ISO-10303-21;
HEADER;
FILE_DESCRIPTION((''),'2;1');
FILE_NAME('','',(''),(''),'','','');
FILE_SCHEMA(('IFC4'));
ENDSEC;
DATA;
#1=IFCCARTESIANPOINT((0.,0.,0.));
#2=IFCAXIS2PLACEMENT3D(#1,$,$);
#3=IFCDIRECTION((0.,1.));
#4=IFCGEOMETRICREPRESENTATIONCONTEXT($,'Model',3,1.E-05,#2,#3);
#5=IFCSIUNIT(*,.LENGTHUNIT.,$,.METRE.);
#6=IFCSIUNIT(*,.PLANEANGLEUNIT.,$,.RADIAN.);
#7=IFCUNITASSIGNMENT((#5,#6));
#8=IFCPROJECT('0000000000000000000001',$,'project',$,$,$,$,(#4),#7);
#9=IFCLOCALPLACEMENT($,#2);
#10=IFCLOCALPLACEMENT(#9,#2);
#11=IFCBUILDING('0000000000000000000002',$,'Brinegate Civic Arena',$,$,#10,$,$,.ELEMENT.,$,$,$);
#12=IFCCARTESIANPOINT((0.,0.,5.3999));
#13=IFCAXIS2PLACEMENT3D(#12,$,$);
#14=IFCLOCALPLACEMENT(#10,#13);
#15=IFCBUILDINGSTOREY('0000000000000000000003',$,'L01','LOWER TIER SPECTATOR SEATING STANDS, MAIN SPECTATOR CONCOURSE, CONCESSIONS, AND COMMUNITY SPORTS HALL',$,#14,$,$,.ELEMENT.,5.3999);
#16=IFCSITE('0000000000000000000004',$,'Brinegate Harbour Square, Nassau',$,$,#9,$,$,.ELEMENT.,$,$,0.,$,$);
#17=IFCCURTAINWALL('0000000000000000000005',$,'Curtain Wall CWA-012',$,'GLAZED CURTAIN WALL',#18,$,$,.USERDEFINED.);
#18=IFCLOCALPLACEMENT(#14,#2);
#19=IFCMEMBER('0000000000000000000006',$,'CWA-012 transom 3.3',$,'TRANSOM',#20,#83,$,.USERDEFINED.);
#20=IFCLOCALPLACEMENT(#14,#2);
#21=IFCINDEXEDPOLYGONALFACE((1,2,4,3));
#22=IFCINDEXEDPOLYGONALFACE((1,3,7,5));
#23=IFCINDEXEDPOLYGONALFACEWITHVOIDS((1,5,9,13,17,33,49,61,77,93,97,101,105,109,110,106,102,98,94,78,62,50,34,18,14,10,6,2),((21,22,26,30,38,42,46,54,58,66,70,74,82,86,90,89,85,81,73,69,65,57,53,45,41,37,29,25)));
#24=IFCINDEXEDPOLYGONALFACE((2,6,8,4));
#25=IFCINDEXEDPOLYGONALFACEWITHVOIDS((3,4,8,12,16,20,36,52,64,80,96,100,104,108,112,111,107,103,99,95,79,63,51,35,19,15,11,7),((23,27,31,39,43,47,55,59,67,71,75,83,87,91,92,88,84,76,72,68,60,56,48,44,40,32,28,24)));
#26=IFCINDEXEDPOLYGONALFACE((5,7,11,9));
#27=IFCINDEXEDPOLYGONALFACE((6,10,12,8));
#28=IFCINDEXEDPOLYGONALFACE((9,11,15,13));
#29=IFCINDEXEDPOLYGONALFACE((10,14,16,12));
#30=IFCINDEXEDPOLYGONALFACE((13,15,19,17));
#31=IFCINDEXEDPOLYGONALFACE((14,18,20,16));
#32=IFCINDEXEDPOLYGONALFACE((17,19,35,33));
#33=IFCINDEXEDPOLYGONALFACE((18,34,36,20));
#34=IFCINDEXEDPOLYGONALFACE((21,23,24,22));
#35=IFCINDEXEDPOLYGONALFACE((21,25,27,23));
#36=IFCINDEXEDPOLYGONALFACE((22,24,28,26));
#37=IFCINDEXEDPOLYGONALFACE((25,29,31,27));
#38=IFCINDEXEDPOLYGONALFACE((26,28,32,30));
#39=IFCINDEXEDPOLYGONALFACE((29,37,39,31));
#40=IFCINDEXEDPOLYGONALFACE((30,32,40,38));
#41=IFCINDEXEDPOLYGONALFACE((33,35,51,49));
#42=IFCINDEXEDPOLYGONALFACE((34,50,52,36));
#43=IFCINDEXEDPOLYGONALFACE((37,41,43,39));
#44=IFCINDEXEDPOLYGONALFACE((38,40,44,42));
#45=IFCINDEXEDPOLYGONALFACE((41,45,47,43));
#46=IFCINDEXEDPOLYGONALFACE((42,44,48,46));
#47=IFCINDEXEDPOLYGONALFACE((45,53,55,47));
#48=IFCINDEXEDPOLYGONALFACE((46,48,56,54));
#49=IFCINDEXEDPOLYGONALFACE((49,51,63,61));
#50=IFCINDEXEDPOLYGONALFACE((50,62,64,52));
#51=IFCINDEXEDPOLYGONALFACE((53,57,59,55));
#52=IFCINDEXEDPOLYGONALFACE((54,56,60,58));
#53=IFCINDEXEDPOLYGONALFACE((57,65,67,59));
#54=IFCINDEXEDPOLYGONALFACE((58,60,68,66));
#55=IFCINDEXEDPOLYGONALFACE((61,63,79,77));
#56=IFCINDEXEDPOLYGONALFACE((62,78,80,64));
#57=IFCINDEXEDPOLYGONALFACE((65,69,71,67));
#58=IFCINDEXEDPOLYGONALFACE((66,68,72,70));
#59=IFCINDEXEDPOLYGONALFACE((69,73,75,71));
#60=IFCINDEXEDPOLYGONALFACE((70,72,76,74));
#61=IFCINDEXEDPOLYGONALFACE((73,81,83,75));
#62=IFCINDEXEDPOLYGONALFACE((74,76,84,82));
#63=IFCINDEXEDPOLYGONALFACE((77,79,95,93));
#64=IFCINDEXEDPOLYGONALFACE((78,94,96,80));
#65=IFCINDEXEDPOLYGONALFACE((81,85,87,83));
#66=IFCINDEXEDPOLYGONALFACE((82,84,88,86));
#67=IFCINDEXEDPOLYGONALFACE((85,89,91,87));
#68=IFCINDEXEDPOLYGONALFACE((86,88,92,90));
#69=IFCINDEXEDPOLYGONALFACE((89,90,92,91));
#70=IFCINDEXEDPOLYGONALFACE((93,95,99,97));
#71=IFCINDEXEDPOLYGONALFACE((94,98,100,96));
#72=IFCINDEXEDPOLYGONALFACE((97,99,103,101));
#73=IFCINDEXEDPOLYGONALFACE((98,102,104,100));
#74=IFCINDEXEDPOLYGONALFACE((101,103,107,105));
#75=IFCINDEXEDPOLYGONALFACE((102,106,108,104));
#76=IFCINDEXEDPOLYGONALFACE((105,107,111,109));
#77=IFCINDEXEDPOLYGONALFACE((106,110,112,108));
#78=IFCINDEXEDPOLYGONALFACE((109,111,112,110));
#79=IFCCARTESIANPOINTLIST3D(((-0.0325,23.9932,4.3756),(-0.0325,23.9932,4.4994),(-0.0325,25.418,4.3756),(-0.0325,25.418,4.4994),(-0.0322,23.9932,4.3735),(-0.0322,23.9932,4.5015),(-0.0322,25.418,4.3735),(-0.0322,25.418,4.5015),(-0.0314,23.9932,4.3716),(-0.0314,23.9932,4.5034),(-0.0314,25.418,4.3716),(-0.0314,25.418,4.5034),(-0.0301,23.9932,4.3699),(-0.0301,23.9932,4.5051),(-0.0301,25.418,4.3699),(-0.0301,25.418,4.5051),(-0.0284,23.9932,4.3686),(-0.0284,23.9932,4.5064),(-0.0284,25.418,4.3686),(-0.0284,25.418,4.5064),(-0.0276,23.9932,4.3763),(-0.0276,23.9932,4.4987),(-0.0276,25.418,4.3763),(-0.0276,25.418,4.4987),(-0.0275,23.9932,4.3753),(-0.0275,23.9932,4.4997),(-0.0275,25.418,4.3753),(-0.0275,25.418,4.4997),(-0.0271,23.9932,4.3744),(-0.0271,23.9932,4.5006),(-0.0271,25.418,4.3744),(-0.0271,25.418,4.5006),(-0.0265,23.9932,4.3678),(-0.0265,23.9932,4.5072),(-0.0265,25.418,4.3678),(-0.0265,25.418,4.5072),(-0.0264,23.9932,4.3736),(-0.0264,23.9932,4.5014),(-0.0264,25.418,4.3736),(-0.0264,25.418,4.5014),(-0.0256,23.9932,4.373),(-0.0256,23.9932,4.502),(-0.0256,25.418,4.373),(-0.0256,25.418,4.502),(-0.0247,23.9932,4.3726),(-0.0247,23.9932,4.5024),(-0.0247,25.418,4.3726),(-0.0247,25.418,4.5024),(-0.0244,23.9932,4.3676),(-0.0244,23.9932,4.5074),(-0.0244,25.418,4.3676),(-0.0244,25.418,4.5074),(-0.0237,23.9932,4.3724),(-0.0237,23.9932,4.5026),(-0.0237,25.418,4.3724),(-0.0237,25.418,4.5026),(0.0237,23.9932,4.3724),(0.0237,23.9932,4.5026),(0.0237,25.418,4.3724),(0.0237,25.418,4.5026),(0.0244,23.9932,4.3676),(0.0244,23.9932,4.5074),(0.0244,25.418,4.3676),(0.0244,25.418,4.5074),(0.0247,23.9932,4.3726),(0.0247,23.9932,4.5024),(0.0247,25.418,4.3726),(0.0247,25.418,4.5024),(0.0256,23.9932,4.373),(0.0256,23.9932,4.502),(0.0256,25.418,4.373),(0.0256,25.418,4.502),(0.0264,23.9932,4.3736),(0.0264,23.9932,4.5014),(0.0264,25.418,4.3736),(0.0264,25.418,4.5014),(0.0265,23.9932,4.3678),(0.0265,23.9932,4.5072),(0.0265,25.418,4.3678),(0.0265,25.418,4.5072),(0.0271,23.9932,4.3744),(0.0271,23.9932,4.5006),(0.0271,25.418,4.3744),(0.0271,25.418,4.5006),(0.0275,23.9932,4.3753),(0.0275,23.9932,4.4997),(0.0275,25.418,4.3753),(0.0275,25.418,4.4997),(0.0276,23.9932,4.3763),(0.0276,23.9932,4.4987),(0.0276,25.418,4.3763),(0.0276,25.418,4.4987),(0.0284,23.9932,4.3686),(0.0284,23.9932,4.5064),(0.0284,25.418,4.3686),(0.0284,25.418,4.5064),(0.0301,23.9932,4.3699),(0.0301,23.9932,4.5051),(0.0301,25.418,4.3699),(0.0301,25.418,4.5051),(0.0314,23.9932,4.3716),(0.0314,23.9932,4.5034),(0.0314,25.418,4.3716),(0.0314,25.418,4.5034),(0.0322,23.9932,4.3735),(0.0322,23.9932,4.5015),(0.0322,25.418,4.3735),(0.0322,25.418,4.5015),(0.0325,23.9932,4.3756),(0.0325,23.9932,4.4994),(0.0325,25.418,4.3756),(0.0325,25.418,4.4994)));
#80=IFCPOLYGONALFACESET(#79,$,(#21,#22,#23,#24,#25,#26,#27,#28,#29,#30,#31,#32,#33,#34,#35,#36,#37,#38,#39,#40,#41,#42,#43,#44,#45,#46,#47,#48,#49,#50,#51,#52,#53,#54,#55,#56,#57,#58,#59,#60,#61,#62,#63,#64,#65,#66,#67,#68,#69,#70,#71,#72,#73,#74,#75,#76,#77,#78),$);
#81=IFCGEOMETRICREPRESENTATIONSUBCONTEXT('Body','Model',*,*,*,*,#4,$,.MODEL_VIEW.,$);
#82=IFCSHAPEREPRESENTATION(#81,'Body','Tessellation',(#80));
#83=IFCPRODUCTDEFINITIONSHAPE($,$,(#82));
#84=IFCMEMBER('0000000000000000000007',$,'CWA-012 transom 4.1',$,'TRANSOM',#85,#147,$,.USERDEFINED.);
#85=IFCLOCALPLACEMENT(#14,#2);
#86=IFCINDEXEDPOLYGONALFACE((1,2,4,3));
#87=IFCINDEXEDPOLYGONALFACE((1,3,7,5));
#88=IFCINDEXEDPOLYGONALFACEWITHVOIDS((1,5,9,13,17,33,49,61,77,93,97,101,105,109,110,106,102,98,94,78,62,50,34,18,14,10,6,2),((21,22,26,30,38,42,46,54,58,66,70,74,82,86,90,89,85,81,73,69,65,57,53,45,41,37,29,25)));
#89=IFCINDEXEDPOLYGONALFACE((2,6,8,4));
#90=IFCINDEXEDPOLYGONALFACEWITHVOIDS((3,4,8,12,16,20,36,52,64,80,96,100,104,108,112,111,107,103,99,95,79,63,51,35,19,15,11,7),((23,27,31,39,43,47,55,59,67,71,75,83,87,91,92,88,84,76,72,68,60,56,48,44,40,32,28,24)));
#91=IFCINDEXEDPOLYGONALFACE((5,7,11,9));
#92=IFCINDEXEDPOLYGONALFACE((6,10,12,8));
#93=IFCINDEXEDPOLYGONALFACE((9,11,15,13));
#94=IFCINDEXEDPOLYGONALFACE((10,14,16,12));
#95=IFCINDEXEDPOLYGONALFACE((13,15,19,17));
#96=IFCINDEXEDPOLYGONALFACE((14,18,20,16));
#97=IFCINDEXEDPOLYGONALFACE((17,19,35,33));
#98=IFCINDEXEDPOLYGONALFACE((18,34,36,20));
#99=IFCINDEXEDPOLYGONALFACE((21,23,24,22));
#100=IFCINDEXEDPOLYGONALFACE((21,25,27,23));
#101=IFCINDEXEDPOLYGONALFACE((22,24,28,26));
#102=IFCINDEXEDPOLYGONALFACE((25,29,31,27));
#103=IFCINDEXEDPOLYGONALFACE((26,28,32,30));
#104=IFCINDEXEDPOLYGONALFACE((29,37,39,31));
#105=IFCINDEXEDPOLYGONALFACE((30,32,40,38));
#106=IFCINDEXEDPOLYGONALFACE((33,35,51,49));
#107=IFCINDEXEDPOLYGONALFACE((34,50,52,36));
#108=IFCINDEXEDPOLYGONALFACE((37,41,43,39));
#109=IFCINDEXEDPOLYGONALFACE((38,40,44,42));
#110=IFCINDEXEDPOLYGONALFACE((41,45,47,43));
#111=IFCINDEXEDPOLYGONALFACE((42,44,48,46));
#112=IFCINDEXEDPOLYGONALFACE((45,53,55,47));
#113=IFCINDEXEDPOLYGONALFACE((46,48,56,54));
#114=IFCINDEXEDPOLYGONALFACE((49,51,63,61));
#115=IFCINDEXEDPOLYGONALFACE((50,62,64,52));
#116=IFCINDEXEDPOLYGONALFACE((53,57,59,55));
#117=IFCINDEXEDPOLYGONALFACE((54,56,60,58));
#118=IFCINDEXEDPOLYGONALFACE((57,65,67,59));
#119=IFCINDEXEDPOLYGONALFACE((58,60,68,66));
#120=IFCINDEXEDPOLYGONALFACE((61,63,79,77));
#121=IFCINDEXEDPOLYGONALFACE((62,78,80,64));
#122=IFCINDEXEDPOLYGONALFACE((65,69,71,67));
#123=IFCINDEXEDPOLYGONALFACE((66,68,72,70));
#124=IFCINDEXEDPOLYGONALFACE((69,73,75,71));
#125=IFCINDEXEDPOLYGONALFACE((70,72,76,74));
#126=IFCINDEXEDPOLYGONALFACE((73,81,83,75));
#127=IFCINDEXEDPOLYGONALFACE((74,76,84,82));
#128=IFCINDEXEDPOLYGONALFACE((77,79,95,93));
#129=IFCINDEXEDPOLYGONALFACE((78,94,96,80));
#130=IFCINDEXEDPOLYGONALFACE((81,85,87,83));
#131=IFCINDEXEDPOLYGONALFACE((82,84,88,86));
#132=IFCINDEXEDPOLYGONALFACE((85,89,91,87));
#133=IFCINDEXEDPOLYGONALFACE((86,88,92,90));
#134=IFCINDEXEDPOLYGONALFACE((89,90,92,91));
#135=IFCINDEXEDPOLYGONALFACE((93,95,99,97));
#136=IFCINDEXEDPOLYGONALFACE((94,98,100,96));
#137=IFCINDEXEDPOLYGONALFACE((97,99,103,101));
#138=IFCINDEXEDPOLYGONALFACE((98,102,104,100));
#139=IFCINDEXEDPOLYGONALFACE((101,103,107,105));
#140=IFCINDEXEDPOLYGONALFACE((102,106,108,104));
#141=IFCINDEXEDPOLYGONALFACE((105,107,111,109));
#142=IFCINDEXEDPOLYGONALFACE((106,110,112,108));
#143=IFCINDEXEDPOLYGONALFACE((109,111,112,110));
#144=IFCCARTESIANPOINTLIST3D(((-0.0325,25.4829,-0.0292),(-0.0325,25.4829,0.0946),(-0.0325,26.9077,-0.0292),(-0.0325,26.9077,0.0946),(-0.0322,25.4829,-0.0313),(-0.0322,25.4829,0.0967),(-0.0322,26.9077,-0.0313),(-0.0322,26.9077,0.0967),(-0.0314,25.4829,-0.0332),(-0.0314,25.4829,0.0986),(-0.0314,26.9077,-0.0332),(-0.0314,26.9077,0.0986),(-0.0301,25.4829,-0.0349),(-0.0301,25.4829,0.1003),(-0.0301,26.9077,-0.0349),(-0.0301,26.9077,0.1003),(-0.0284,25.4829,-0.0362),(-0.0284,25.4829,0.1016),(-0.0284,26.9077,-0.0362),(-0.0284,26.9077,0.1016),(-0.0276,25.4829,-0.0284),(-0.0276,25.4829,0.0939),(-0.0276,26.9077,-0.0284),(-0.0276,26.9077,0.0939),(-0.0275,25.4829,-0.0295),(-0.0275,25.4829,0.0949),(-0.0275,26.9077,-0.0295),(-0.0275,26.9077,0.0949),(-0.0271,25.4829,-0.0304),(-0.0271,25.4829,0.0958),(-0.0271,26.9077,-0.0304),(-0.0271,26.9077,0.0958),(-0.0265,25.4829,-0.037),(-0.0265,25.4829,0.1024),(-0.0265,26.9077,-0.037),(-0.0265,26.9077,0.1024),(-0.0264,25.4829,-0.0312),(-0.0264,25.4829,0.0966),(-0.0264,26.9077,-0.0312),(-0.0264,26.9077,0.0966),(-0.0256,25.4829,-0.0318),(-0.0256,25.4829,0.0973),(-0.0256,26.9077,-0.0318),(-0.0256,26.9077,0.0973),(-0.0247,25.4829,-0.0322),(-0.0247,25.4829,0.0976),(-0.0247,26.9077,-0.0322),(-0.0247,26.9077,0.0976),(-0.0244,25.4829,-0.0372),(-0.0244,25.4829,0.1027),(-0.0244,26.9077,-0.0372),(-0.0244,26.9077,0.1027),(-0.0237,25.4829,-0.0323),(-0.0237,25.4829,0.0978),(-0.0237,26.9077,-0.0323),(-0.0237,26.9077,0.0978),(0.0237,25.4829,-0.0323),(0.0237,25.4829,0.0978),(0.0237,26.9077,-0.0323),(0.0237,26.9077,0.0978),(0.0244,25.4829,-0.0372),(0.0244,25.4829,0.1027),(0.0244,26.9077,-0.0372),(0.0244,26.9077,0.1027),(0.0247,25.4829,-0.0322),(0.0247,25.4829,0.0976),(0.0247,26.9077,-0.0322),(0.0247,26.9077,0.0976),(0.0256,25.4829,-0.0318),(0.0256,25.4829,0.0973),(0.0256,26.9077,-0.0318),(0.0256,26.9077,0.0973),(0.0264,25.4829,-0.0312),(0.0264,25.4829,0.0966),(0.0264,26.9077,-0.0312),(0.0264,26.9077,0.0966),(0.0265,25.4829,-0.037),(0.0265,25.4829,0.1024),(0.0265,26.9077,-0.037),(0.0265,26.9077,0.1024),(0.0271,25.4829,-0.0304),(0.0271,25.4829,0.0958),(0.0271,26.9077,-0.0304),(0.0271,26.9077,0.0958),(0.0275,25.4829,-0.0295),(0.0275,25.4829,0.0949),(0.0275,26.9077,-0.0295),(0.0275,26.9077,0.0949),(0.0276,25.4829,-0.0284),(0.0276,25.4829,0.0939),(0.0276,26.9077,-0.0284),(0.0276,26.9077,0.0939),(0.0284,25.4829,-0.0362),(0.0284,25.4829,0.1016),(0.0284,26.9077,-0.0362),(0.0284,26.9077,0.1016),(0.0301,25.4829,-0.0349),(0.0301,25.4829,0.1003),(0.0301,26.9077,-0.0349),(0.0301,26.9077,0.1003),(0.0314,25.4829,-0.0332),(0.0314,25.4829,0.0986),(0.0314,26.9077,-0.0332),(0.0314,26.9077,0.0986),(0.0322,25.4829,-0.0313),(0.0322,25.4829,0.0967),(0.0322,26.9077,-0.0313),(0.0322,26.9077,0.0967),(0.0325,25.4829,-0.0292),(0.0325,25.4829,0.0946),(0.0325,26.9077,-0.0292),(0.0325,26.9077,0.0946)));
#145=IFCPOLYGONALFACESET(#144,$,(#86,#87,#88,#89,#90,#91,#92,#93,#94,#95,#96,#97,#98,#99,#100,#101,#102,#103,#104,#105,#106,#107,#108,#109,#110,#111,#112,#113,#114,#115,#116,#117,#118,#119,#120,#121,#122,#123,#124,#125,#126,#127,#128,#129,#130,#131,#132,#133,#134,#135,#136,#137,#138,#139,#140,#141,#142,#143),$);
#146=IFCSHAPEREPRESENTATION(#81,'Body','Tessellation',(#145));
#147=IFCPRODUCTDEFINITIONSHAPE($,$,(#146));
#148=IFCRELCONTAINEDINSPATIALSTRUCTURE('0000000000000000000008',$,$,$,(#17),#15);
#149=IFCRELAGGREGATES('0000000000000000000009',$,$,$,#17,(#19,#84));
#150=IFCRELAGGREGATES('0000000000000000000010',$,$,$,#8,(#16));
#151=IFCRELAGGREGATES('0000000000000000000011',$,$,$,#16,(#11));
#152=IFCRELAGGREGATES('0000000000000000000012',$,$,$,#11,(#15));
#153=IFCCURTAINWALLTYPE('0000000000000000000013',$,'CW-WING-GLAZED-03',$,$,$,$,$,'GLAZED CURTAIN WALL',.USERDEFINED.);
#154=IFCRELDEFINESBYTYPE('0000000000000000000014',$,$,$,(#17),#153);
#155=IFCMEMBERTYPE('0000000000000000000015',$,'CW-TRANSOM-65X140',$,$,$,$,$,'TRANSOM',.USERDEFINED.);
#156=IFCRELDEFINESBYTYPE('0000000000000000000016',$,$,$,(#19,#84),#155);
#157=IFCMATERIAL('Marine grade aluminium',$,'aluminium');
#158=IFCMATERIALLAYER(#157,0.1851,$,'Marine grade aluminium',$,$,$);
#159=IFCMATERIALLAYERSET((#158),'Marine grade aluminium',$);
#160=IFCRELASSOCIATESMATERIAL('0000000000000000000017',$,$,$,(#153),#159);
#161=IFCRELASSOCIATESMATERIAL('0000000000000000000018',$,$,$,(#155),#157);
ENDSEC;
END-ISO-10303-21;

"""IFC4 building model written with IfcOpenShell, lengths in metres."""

from ifc_helpers import new_model, si_unit, direction, frame, origin, origin_2d, place, context, subcontext, project, spatial, hollow_rectangle, extrude, material, layer, layer_set, material_profile, profile_set, type_object, element, aggregate, save


model = new_model("IFC4")

# Units and contexts
model_context = context("Model", 3, precision=1e-05, world=origin(), true_north=direction((0.0, 1.0)))
body_context = subcontext(model_context, "Body", "Model", "MODEL_VIEW")
ifc_project = project(units=[si_unit("LENGTHUNIT", "METRE"), si_unit("PLANEANGLEUNIT", "RADIAN")], contexts=[model_context])

# Site, building, storey
site_placement = place(None, origin())
site = spatial("IfcSite", under=ifc_project, at=site_placement, Name="Brinegate Harbour Square, Nassau", CompositionType="ELEMENT", RefElevation=0.0)
building_placement = place(site_placement, origin())
building = spatial("IfcBuilding", under=site, at=building_placement, Name="Brinegate Civic Arena", CompositionType="ELEMENT")
storey_placement = place(building_placement, frame((0.0, 0.0, 5.3999)))
storey = spatial("IfcBuildingStorey", under=building, at=storey_placement, Name="L01", Description="LOWER TIER SPECTATOR SEATING STANDS, MAIN SPECTATOR CONCOURSE, CONCESSIONS, AND COMMUNITY SPORTS HALL", CompositionType="ELEMENT", Elevation=5.3999)

# Curtain wall, members
ifc_material_1 = material(Name="Marine grade aluminium", Category="aluminium")
ifc_layer_1 = layer(ifc_material_1, 0.1851, Name="Marine grade aluminium")
ifc_layer_set_1 = layer_set([ifc_layer_1], Name="Marine grade aluminium")
curtain_wall_type = type_object("IfcCurtainWallType", Name="CW-WING-GLAZED-03", ElementType="GLAZED CURTAIN WALL", PredefinedType="USERDEFINED", material=ifc_layer_set_1)
curtain_wall_placement = place(storey_placement, origin())
curtain_wall = element("IfcCurtainWall", 1, at=curtain_wall_placement, inside=storey, type_object=curtain_wall_type, Name="Curtain Wall CWA-012", ObjectType="GLAZED CURTAIN WALL", PredefinedType="USERDEFINED")
ifc_material_profile_1 = material_profile(ifc_material_1, hollow_rectangle(XDim=0.0649, YDim=0.1399, WallThickness=0.0049, InnerFilletRadius=0.0039, OuterFilletRadius=0.0081, at=origin_2d()), Name="TRN65X140")
ifc_profile_set_1 = profile_set([ifc_material_profile_1], Name="Marine grade aluminium")
member_type_1 = type_object("IfcMemberType", Name="CW-TRANSOM-65X140", ElementType="TRANSOM", PredefinedType="USERDEFINED", material=ifc_profile_set_1)
member_1_placement = place(storey_placement, frame((0.0, 23.9932, 4.4375), z_axis=(0.0, 1.0, 0.0), x_axis=(-1.0, 0.0, 0.0)))
member_1 = element("IfcMember", 2, at=member_1_placement, type_object=member_type_1, Name="CWA-012 transom 3.3", ObjectType="TRANSOM", PredefinedType="USERDEFINED", context=body_context, shape_type="SweptSolid", body=[
    extrude(hollow_rectangle(XDim=0.0649, YDim=0.1399, WallThickness=0.0049, InnerFilletRadius=0.0039, OuterFilletRadius=0.0081, at=origin_2d()), origin(), (0.0, 0.0, 1.0), 1.4248),
])
member_2_placement = place(storey_placement, frame((0.0, 25.4829, 0.0327), z_axis=(0.0, 1.0, 0.0), x_axis=(-1.0, 0.0, 0.0)))
member_2 = element("IfcMember", 3, at=member_2_placement, type_object=member_type_1, Name="CWA-012 transom 4.1", ObjectType="TRANSOM", PredefinedType="USERDEFINED", context=body_context, shape_type="SweptSolid", body=[
    extrude(hollow_rectangle(XDim=0.0649, YDim=0.1399, WallThickness=0.0049, InnerFilletRadius=0.0039, OuterFilletRadius=0.0081, at=origin_2d()), origin(), (0.0, 0.0, 1.0), 1.4248),
])
aggregate(curtain_wall, [member_1, member_2])

save(model, "model.ifc")
